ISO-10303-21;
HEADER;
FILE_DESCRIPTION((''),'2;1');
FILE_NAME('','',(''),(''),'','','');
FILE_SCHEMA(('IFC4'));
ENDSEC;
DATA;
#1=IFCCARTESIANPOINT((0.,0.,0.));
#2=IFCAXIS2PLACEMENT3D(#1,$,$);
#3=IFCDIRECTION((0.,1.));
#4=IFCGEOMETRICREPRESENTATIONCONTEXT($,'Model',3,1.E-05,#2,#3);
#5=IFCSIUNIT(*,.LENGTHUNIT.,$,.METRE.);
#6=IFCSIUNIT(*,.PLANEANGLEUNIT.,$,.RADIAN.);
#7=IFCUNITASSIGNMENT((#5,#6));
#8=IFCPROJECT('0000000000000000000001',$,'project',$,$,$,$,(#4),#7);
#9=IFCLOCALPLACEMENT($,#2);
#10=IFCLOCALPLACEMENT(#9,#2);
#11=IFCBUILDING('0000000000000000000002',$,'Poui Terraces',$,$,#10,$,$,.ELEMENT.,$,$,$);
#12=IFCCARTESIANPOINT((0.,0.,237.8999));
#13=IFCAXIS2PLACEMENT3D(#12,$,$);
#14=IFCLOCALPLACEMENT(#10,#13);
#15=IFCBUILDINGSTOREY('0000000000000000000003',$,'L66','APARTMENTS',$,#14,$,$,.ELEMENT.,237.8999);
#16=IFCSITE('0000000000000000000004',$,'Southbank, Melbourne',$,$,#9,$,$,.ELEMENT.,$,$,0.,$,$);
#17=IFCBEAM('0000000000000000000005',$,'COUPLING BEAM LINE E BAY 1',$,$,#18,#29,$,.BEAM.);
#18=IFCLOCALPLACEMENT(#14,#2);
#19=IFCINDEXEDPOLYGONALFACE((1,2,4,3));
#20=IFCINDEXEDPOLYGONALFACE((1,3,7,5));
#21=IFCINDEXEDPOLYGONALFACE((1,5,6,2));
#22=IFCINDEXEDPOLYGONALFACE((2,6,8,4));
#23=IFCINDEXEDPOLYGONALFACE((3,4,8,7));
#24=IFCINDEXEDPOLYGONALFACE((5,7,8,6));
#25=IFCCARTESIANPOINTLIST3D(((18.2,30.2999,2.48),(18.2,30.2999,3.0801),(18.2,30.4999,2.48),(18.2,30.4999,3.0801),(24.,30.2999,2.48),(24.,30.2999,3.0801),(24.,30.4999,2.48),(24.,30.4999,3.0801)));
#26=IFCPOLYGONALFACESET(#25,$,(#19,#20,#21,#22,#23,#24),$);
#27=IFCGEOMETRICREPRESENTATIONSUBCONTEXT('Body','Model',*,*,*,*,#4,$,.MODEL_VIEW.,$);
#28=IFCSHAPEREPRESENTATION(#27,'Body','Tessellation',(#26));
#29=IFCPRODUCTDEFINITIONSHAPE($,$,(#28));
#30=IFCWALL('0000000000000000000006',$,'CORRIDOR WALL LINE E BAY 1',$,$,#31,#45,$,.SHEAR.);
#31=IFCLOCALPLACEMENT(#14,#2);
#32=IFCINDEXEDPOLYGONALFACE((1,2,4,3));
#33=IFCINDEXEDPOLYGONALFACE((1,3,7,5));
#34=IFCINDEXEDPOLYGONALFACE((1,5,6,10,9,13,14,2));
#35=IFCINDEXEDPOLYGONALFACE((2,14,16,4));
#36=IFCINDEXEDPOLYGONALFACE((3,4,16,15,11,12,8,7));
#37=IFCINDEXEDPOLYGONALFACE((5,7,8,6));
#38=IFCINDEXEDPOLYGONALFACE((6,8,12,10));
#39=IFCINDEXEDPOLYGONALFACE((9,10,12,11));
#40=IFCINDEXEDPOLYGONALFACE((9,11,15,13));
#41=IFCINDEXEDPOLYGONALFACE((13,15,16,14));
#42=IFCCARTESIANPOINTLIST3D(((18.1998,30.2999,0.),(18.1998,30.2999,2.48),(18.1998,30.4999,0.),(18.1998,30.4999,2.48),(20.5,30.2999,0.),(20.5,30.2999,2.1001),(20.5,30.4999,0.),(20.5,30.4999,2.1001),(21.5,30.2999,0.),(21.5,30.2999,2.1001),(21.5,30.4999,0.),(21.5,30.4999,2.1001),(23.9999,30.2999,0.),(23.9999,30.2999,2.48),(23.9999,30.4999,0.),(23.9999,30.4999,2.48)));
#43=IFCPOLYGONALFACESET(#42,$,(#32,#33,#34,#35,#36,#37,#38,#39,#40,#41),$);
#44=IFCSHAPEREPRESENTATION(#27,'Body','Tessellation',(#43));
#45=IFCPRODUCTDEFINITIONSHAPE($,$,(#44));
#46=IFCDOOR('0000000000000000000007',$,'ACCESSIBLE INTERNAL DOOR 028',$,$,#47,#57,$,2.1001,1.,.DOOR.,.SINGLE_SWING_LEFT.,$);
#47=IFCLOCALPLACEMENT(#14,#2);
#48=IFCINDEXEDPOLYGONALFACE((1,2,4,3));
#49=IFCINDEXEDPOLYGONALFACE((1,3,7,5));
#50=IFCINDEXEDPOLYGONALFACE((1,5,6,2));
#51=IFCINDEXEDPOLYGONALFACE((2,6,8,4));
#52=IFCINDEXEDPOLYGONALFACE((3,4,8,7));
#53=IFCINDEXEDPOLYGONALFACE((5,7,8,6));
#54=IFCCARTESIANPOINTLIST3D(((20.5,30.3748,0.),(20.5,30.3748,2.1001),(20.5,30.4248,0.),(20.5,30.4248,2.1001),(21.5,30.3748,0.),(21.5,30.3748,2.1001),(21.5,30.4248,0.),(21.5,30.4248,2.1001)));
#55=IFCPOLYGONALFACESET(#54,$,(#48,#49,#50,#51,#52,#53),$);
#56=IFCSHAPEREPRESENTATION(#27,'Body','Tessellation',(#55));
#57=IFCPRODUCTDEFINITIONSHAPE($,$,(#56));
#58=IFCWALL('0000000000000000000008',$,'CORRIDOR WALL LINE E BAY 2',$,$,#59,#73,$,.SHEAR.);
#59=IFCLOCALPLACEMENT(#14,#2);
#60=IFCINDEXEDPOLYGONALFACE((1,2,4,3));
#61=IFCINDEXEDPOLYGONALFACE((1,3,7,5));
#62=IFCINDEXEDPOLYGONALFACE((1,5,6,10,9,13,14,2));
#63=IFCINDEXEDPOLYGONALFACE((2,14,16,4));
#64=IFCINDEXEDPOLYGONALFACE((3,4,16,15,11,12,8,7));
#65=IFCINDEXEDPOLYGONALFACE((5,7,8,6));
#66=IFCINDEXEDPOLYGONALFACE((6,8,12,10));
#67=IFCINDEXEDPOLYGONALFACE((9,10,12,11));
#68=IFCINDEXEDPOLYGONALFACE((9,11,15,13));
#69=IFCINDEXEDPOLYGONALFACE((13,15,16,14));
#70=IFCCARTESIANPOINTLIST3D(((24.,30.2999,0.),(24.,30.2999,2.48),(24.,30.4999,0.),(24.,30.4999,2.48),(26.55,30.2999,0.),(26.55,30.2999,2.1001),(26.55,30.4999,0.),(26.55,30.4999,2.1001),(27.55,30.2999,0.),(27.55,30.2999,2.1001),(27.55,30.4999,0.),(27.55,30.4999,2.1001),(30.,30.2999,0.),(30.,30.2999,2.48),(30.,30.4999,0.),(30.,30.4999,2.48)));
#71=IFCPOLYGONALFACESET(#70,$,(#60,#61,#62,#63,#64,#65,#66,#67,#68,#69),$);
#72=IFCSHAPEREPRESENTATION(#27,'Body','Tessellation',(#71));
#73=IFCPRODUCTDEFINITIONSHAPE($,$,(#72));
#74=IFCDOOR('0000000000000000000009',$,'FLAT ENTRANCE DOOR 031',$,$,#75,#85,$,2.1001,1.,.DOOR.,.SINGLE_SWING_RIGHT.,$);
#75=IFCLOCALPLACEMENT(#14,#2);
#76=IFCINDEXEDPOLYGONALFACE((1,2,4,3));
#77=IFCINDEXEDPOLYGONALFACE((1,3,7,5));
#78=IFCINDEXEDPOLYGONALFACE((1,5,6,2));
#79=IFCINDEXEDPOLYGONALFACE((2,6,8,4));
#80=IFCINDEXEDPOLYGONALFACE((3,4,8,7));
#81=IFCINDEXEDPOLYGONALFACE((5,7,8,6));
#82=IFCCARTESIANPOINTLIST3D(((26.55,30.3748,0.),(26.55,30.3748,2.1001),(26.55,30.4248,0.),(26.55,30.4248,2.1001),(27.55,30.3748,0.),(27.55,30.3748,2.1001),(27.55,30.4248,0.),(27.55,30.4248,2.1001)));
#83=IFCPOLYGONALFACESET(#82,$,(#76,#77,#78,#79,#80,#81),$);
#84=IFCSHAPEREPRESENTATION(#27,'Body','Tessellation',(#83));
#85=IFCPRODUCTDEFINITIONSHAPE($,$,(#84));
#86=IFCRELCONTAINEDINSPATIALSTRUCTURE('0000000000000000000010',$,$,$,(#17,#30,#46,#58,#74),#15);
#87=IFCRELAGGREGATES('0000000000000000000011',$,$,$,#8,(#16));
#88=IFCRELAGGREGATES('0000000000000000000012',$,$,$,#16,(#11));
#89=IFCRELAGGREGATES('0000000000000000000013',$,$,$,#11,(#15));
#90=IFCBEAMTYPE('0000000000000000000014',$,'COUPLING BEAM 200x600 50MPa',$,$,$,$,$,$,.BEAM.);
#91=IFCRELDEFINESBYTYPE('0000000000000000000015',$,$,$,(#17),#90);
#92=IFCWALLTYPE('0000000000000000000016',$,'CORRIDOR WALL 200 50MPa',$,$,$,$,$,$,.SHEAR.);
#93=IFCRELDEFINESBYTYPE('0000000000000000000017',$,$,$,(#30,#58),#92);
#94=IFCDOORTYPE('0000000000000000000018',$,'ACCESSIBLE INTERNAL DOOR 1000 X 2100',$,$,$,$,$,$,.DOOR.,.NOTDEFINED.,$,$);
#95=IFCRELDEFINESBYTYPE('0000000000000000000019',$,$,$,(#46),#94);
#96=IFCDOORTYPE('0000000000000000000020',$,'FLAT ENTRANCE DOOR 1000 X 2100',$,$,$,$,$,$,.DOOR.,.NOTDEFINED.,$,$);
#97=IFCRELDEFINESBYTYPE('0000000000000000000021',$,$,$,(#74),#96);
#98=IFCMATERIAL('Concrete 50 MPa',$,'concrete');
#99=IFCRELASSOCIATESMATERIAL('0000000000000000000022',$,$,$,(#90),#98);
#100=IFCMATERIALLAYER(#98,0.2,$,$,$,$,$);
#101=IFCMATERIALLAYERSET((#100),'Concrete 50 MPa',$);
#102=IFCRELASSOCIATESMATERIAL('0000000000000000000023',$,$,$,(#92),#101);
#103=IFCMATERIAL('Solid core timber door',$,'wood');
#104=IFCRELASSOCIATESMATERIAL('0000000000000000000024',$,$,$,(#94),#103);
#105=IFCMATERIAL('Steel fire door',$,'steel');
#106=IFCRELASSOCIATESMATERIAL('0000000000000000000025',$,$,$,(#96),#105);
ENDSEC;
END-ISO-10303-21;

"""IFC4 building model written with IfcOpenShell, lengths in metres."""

from ifc_helpers import new_model, si_unit, direction, frame, frame_2d, origin, origin_2d, place, context, subcontext, project, spatial, rectangle, extrude, source, transform, mapped, material, layer, layer_set, material_profile, profile_set, type_object, element, fill, save


model = new_model("IFC4")

# Units and contexts
model_context = context("Model", 3, precision=1e-05, world=origin(), true_north=direction((0.0, 1.0)))
body_context = subcontext(model_context, "Body", "Model", "MODEL_VIEW")
ifc_project = project(units=[si_unit("LENGTHUNIT", "METRE"), si_unit("PLANEANGLEUNIT", "RADIAN")], contexts=[model_context])

# Site, building, storey
site_placement = place(None, origin())
site = spatial("IfcSite", under=ifc_project, at=site_placement, Name="Southbank, Melbourne", CompositionType="ELEMENT", RefElevation=0.0)
building_placement = place(site_placement, origin())
building = spatial("IfcBuilding", under=site, at=building_placement, Name="Poui Terraces", CompositionType="ELEMENT")
storey_placement = place(building_placement, frame((0.0, 0.0, 237.8999)))
storey = spatial("IfcBuildingStorey", under=building, at=storey_placement, Name="L66", Description="APARTMENTS", CompositionType="ELEMENT", Elevation=237.8999)

# Beam
ifc_material_1 = material(Name="Concrete 50 MPa", Category="concrete")
ifc_material_profile = material_profile(ifc_material_1, rectangle(XDim=0.2, YDim=0.6001, at=origin_2d()), Name="RC 200x600")
ifc_profile_set = profile_set([ifc_material_profile], Name="Concrete 50 MPa")
beam_type = type_object("IfcBeamType", Name="COUPLING BEAM 200x600 50MPa", PredefinedType="BEAM", material=ifc_profile_set)
shared_shape = source(origin(), body_context, "Body", "SweptSolid", [
    extrude(rectangle(XDim=0.2, YDim=0.6001, at=origin_2d()), origin(), (0.0, 0.0, 1.0), 5.8),
])
beam_placement = place(storey_placement, frame((18.2, 30.3999, 2.78), z_axis=(1.0, 0.0, 0.0), x_axis=(0.0, 1.0, 0.0)))
element("IfcBeam", 1, at=beam_placement, inside=storey, type_object=beam_type, Name="COUPLING BEAM LINE E BAY 1", PredefinedType="BEAM", context=body_context, shape_type="MappedRepresentation", body=[
    mapped(shared_shape, transform((0.0, 0.0, 0.0))),
])

# Walls, openings, doors
ifc_layer = layer(ifc_material_1, 0.2)
ifc_layer_set = layer_set([ifc_layer], Name="Concrete 50 MPa")
wall_type = type_object("IfcWallType", Name="CORRIDOR WALL 200 50MPa", PredefinedType="SHEAR", material=ifc_layer_set)
wall_1_placement = place(storey_placement, frame((18.2, 30.3999, 0.0), z_axis=(0.0, 0.0, 1.0), x_axis=(1.0, 0.0, 0.0)))
wall_1 = element("IfcWall", 2, at=wall_1_placement, inside=storey, type_object=wall_type, Name="CORRIDOR WALL LINE E BAY 1", PredefinedType="SHEAR", context=body_context, shape_type="SweptSolid", body=[
    extrude(rectangle(XDim=5.8, YDim=0.2, at=frame_2d((2.8999, 0.0))), origin(), (0.0, 0.0, 1.0), 2.48),
])
opening_1_placement = place(wall_1_placement, frame((2.3, 0.0, 0.0)))
opening_1 = element("IfcOpeningElement", 3, at=opening_1_placement, cuts=wall_1, PredefinedType="OPENING", context=body_context, shape_type="SweptSolid", body=[
    extrude(rectangle(XDim=1.0, YDim=2.1001, at=frame_2d((0.5, 1.05))), frame((0.0, 0.1099, 0.0), z_axis=(0.0, -1.0, 0.0), x_axis=(1.0, 0.0, 0.0)), (0.0, 0.0, 1.0), 0.22),
])
ifc_material_2 = material(Name="Solid core timber door", Category="wood")
door_type_1 = type_object("IfcDoorType", Name="ACCESSIBLE INTERNAL DOOR 1000 X 2100", OperationType="NOTDEFINED", PredefinedType="DOOR", material=ifc_material_2)
door_1_placement = place(opening_1_placement, origin())
door_1 = element("IfcDoor", 4, at=door_1_placement, inside=storey, type_object=door_type_1, Name="ACCESSIBLE INTERNAL DOOR 028", OperationType="SINGLE_SWING_LEFT", OverallHeight=2.1001, OverallWidth=1.0, PredefinedType="DOOR", context=body_context, shape_type="SweptSolid", body=[
    extrude(rectangle(XDim=1.0, YDim=2.1001, at=frame_2d((0.5, 1.05))), frame((0.0, 0.0249, 0.0), z_axis=(0.0, -1.0, 0.0), x_axis=(1.0, 0.0, 0.0)), (0.0, 0.0, 1.0), 0.05),
])
fill(opening_1, door_1)
wall_2_placement = place(storey_placement, frame((24.0, 30.3999, 0.0), z_axis=(0.0, 0.0, 1.0), x_axis=(1.0, 0.0, 0.0)))
wall_2 = element("IfcWall", 5, at=wall_2_placement, inside=storey, type_object=wall_type, Name="CORRIDOR WALL LINE E BAY 2", PredefinedType="SHEAR", context=body_context, shape_type="SweptSolid", body=[
    extrude(rectangle(XDim=6.0, YDim=0.2, at=frame_2d((3.0, 0.0))), origin(), (0.0, 0.0, 1.0), 2.48),
])
opening_2_placement = place(wall_2_placement, frame((2.55, 0.0, 0.0)))
opening_2 = element("IfcOpeningElement", 6, at=opening_2_placement, cuts=wall_2, PredefinedType="OPENING", context=body_context, shape_type="SweptSolid", body=[
    extrude(rectangle(XDim=1.0, YDim=2.1001, at=frame_2d((0.5, 1.05))), frame((0.0, 0.1099, 0.0), z_axis=(0.0, -1.0, 0.0), x_axis=(1.0, 0.0, 0.0)), (0.0, 0.0, 1.0), 0.22),
])
ifc_material_3 = material(Name="Steel fire door", Category="steel")
door_type_2 = type_object("IfcDoorType", Name="FLAT ENTRANCE DOOR 1000 X 2100", OperationType="NOTDEFINED", PredefinedType="DOOR", material=ifc_material_3)
door_2_placement = place(opening_2_placement, origin())
door_2 = element("IfcDoor", 7, at=door_2_placement, inside=storey, type_object=door_type_2, Name="FLAT ENTRANCE DOOR 031", OperationType="SINGLE_SWING_RIGHT", OverallHeight=2.1001, OverallWidth=1.0, PredefinedType="DOOR", context=body_context, shape_type="SweptSolid", body=[
    extrude(rectangle(XDim=1.0, YDim=2.1001, at=frame_2d((0.5, 1.05))), frame((0.0, 0.0249, 0.0), z_axis=(0.0, -1.0, 0.0), x_axis=(1.0, 0.0, 0.0)), (0.0, 0.0, 1.0), 0.05),
])
fill(opening_2, door_2)

save(model, "model.ifc")
